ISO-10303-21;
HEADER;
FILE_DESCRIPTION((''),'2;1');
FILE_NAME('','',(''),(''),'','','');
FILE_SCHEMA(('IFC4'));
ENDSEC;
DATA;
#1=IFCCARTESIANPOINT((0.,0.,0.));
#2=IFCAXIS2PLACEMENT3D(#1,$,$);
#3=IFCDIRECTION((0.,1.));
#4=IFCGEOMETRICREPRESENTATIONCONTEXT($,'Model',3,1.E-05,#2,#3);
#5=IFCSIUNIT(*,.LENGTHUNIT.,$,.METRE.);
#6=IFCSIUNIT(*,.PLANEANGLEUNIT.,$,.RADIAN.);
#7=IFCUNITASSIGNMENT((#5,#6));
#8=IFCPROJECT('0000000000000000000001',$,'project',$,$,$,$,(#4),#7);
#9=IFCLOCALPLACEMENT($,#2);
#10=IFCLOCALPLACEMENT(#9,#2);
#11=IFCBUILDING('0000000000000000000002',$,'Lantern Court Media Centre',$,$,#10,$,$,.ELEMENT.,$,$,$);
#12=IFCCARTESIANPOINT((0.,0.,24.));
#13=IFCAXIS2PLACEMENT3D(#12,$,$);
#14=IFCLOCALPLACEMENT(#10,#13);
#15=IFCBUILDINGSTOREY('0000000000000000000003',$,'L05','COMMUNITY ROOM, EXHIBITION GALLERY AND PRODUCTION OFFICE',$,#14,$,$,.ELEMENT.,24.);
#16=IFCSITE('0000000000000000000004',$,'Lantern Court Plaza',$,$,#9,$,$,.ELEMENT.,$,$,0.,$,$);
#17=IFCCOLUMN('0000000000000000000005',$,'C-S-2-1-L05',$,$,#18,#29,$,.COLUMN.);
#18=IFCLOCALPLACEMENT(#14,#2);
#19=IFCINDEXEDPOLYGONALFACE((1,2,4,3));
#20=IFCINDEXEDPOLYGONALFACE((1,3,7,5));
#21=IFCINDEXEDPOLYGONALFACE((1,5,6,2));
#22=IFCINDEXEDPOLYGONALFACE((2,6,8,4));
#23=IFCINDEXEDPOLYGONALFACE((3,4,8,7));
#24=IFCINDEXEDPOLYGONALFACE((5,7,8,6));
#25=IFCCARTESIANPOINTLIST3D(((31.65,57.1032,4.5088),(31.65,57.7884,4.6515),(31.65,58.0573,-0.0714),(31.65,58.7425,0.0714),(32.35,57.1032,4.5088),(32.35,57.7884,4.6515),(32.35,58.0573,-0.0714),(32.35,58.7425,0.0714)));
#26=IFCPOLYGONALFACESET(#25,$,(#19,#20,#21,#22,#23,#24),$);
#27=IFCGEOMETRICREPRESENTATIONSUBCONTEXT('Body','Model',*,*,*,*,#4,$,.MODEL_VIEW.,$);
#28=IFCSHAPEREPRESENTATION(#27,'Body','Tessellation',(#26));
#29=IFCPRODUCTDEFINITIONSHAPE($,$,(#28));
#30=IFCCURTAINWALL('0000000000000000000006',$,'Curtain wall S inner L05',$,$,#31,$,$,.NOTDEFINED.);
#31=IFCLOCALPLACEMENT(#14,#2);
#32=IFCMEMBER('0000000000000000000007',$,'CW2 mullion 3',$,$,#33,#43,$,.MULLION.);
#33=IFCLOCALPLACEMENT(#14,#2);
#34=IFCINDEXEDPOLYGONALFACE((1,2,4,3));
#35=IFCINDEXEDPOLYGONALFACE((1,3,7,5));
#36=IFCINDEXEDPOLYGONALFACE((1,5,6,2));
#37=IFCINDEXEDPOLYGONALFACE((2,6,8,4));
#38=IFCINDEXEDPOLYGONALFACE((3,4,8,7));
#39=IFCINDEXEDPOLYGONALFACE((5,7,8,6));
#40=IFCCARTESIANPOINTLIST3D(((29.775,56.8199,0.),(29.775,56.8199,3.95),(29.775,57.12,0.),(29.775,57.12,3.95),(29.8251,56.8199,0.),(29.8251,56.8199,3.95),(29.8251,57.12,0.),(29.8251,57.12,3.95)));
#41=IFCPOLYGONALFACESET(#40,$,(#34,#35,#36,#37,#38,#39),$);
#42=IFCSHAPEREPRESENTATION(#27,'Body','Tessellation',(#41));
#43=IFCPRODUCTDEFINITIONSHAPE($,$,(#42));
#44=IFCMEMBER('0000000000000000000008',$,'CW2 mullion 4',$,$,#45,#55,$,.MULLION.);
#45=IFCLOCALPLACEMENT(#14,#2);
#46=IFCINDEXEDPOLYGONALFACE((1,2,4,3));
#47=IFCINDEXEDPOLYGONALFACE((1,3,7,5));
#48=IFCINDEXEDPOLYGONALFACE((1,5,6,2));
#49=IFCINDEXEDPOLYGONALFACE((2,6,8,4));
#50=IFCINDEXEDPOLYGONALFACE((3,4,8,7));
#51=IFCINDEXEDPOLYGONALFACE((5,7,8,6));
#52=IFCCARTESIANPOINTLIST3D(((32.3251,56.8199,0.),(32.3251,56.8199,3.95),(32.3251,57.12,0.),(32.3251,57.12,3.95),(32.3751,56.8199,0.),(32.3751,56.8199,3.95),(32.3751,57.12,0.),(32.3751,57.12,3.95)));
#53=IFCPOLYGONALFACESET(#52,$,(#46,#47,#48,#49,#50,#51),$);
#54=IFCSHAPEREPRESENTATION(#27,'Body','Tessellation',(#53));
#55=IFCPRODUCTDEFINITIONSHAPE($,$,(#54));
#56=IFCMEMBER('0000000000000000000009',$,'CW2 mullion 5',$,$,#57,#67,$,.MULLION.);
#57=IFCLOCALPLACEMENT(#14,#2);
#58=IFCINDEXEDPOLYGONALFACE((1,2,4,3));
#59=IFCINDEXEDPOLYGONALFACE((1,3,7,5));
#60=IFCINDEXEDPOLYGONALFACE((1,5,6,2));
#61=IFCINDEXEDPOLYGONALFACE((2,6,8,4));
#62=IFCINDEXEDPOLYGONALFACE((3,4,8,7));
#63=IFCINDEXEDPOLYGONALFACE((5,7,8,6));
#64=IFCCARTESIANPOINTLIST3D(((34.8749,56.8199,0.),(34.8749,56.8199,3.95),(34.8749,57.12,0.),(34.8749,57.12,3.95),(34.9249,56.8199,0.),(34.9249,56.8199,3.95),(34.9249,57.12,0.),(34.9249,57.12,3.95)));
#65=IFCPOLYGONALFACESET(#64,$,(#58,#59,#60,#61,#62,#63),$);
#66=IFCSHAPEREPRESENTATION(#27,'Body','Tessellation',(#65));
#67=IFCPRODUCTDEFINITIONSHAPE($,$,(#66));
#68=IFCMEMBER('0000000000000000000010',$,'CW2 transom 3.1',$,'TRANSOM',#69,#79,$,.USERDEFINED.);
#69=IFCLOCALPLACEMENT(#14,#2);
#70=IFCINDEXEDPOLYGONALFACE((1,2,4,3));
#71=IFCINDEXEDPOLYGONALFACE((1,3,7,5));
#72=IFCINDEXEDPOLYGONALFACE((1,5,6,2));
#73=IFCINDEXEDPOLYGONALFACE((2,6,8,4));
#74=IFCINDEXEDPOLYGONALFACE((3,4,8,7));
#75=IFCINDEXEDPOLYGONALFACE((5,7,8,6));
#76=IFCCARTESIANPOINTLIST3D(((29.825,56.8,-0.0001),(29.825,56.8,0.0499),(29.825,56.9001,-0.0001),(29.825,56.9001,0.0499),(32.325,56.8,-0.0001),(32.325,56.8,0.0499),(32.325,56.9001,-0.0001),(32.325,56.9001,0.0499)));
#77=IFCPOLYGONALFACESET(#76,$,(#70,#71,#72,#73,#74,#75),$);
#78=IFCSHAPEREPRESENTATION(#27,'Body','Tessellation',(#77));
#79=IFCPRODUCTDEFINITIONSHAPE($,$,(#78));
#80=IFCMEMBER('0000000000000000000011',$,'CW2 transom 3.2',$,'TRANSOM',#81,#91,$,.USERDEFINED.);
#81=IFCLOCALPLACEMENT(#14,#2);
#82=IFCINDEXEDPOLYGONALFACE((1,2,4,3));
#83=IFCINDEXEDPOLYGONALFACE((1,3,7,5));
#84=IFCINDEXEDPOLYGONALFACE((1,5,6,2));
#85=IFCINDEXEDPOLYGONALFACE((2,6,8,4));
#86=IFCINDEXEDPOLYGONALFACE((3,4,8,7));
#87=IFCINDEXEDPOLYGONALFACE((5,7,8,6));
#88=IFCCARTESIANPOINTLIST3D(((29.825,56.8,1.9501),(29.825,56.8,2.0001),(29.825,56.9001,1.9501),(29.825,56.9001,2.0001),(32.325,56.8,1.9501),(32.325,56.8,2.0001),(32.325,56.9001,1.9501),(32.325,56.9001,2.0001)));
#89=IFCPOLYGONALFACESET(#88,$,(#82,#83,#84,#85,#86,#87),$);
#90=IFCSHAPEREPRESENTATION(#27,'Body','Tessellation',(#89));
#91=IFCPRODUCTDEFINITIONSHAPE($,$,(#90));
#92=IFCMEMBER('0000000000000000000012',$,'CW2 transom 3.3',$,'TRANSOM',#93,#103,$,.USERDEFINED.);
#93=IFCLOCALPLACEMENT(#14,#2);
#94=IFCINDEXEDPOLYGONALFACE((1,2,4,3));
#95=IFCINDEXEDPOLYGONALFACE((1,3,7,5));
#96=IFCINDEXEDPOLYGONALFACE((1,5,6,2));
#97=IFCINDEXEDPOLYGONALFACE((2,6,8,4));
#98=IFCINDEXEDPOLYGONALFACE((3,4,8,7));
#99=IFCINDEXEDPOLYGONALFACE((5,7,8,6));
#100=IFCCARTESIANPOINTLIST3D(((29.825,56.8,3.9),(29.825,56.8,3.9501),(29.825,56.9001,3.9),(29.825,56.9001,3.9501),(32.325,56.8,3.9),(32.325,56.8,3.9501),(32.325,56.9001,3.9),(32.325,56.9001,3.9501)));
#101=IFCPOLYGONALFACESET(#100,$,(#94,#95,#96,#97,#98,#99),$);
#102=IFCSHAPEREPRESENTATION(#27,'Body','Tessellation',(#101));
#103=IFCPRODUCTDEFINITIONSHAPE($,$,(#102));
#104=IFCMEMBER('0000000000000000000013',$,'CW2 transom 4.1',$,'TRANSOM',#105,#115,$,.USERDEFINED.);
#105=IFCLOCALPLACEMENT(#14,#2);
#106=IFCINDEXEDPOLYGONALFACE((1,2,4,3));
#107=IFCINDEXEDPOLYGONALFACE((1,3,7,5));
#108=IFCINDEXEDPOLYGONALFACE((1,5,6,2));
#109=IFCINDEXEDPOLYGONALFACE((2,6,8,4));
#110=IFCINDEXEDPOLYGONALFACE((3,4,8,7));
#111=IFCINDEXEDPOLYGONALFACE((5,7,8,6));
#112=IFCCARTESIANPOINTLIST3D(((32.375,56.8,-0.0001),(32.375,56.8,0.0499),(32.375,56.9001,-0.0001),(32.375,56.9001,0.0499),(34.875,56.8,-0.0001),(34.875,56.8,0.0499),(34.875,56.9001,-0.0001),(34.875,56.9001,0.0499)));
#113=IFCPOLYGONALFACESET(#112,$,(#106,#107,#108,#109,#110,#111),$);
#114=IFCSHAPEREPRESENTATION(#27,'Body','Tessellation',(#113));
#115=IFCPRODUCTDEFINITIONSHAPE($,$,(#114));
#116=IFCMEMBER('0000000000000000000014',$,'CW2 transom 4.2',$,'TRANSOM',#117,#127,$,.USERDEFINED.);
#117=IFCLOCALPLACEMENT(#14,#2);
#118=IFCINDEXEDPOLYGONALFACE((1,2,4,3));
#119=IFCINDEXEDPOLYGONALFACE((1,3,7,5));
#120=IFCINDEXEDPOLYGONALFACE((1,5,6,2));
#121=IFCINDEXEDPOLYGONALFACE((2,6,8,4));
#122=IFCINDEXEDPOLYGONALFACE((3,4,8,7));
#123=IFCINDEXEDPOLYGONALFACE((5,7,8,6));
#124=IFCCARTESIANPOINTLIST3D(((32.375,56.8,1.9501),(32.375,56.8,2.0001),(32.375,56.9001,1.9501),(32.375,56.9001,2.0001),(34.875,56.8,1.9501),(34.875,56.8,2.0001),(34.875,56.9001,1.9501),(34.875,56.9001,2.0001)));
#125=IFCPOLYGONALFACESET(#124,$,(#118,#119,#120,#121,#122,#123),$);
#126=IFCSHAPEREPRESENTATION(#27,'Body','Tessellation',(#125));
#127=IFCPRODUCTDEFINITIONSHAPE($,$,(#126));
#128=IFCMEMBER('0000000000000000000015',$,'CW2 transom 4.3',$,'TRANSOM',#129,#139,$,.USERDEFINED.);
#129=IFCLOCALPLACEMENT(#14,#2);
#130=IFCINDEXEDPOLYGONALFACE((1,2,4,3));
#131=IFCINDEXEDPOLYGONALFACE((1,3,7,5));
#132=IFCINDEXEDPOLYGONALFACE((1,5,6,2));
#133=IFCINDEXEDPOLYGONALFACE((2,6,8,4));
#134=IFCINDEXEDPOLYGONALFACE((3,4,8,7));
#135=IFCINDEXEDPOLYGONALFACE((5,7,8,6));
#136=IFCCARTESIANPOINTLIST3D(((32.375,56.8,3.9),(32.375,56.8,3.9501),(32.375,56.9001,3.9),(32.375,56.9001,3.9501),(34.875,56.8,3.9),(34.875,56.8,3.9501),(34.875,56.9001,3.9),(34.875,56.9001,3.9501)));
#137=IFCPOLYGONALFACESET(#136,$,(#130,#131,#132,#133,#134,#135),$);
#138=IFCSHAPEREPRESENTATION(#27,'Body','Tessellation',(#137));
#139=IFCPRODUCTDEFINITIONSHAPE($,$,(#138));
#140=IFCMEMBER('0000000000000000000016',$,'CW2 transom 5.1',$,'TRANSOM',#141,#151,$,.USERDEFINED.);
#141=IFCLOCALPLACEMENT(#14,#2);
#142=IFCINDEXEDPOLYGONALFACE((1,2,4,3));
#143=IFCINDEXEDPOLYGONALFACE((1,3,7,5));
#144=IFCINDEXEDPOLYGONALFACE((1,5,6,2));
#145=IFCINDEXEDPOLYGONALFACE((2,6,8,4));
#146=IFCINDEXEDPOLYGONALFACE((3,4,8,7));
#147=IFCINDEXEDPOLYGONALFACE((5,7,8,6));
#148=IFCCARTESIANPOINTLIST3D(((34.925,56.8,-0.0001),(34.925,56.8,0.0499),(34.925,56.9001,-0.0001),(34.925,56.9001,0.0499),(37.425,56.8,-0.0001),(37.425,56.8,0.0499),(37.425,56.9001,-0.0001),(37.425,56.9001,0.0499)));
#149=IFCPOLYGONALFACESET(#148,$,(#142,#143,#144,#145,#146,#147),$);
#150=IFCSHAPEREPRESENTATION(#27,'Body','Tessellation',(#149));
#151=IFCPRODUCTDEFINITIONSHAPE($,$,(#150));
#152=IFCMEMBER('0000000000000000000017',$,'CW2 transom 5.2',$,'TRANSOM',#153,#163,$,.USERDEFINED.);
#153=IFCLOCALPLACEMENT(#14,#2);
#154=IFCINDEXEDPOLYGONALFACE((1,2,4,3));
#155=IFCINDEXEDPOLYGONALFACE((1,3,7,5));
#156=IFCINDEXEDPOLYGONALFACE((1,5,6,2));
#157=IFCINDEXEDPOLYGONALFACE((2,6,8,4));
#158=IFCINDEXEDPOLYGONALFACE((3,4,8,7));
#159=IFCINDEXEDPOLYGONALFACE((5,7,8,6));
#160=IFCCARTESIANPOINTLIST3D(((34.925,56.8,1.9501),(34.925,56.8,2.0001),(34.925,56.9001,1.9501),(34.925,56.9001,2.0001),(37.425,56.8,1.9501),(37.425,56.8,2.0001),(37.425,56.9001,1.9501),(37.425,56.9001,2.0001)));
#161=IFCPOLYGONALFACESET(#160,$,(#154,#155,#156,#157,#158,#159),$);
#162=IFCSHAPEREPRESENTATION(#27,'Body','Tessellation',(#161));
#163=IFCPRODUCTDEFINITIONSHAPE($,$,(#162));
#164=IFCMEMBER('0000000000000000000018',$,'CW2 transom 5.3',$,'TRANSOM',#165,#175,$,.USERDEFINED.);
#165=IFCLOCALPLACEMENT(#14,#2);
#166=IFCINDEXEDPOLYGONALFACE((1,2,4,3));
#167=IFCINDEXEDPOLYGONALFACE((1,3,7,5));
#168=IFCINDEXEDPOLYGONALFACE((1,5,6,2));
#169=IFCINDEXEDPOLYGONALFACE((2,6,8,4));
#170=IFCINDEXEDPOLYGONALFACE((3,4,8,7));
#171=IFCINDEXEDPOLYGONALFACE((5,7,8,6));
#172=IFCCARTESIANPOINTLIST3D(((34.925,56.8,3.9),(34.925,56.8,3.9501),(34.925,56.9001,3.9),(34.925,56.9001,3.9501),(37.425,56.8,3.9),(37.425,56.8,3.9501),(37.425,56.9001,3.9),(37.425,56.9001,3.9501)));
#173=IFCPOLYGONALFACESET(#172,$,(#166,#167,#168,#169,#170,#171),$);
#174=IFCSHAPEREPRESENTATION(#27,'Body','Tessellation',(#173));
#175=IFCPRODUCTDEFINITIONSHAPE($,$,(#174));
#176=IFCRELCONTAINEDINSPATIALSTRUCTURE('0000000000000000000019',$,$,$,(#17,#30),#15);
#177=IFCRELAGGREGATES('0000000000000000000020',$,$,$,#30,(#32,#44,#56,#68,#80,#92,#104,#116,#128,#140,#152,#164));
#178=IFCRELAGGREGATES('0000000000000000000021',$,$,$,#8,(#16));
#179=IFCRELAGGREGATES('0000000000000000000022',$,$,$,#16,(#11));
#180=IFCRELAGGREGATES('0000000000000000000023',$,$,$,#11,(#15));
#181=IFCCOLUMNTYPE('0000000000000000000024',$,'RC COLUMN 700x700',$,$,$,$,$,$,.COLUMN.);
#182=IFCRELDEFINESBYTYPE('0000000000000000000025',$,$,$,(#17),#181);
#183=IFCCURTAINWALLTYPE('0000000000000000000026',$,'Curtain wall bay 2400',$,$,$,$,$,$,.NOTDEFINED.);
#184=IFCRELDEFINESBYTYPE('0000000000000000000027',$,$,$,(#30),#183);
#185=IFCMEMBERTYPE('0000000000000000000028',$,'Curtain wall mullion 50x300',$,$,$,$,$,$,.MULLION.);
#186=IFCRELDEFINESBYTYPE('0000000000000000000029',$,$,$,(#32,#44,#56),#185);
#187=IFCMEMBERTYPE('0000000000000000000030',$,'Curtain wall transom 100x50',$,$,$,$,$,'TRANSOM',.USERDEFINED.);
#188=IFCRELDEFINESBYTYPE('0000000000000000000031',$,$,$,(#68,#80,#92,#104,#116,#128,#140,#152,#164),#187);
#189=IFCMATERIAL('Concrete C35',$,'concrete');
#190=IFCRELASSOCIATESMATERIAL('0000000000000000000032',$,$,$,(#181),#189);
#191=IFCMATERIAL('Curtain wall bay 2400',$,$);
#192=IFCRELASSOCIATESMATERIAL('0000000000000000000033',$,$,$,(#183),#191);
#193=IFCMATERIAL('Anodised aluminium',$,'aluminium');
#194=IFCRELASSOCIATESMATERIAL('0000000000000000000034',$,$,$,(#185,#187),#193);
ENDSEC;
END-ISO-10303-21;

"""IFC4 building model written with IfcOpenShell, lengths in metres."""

from ifc_helpers import new_model, si_unit, direction, frame, origin, origin_2d, place, context, subcontext, project, spatial, rectangle, extrude, material, material_profile, profile_set, type_object, element, aggregate, save


model = new_model("IFC4")

# Units and contexts
model_context = context("Model", 3, precision=1e-05, world=origin(), true_north=direction((0.0, 1.0)))
body_context = subcontext(model_context, "Body", "Model", "MODEL_VIEW")
ifc_project = project(units=[si_unit("LENGTHUNIT", "METRE"), si_unit("PLANEANGLEUNIT", "RADIAN")], contexts=[model_context])

# Site, building, storey
site_placement = place(None, origin())
site = spatial("IfcSite", under=ifc_project, at=site_placement, Name="Lantern Court Plaza", CompositionType="ELEMENT", RefElevation=0.0)
building_placement = place(site_placement, origin())
building = spatial("IfcBuilding", under=site, at=building_placement, Name="Lantern Court Media Centre", CompositionType="ELEMENT")
storey_placement = place(building_placement, frame((0.0, 0.0, 24.0)))
storey = spatial("IfcBuildingStorey", under=building, at=storey_placement, Name="L05", Description="COMMUNITY ROOM, EXHIBITION GALLERY AND PRODUCTION OFFICE", CompositionType="ELEMENT", Elevation=24.0)

# Column
ifc_material_1 = material(Name="Concrete C35", Category="concrete")
ifc_material_profile_1 = material_profile(ifc_material_1, rectangle(XDim=0.7, YDim=0.7, at=origin_2d()), Name="RC 700x700")
ifc_profile_set_1 = profile_set([ifc_material_profile_1], Name="Concrete C35")
column_type = type_object("IfcColumnType", Name="RC COLUMN 700x700", PredefinedType="COLUMN", material=ifc_profile_set_1)
column_placement = place(storey_placement, frame((32.0, 58.3999, 0.0), z_axis=(0.0, -0.203938, 0.978984), x_axis=(1.0, 0.0, 0.0)))
element("IfcColumn", 1, at=column_placement, inside=storey, type_object=column_type, Name="C-S-2-1-L05", PredefinedType="COLUMN", context=body_context, shape_type="SweptSolid", body=[
    extrude(rectangle(XDim=0.7, YDim=0.7, at=origin_2d()), origin(), (0.0, 0.0, 1.0), 4.6785),
])

# Curtain wall, members
ifc_material_2 = material(Name="Curtain wall bay 2400")
curtain_wall_type = type_object("IfcCurtainWallType", Name="Curtain wall bay 2400", PredefinedType="NOTDEFINED", material=ifc_material_2)
curtain_wall_placement = place(storey_placement, origin())
curtain_wall = element("IfcCurtainWall", 2, at=curtain_wall_placement, inside=storey, type_object=curtain_wall_type, Name="Curtain wall S inner L05", PredefinedType="NOTDEFINED")
ifc_material_3 = material(Name="Anodised aluminium", Category="aluminium")
ifc_material_profile_2 = material_profile(ifc_material_3, rectangle(XDim=0.3, YDim=0.05, at=origin_2d()), Name="AL 50x300")
ifc_profile_set_2 = profile_set([ifc_material_profile_2], Name="Anodised aluminium")
member_type_1 = type_object("IfcMemberType", Name="Curtain wall mullion 50x300", PredefinedType="MULLION", material=ifc_profile_set_2)
member_1_placement = place(storey_placement, frame((29.8, 56.97, 0.0), z_axis=(0.0, 0.0, 1.0), x_axis=(0.0, 1.0, 0.0)))
member_1 = element("IfcMember", 3, at=member_1_placement, type_object=member_type_1, Name="CW2 mullion 3", PredefinedType="MULLION", context=body_context, shape_type="SweptSolid", body=[
    extrude(rectangle(XDim=0.3, YDim=0.05, at=origin_2d()), origin(), (0.0, 0.0, 1.0), 3.95),
])
member_2_placement = place(storey_placement, frame((32.3501, 56.97, 0.0), z_axis=(0.0, 0.0, 1.0), x_axis=(0.0, 1.0, 0.0)))
member_2 = element("IfcMember", 4, at=member_2_placement, type_object=member_type_1, Name="CW2 mullion 4", PredefinedType="MULLION", context=body_context, shape_type="SweptSolid", body=[
    extrude(rectangle(XDim=0.3, YDim=0.05, at=origin_2d()), origin(), (0.0, 0.0, 1.0), 3.95),
])
member_3_placement = place(storey_placement, frame((34.8999, 56.97, 0.0), z_axis=(0.0, 0.0, 1.0), x_axis=(0.0, 1.0, 0.0)))
member_3 = element("IfcMember", 5, at=member_3_placement, type_object=member_type_1, Name="CW2 mullion 5", PredefinedType="MULLION", context=body_context, shape_type="SweptSolid", body=[
    extrude(rectangle(XDim=0.3, YDim=0.05, at=origin_2d()), origin(), (0.0, 0.0, 1.0), 3.95),
])
ifc_material_profile_3 = material_profile(ifc_material_3, rectangle(XDim=0.1001, YDim=0.05, at=origin_2d()), Name="AL 50x100")
ifc_profile_set_3 = profile_set([ifc_material_profile_3], Name="Anodised aluminium")
member_type_2 = type_object("IfcMemberType", Name="Curtain wall transom 100x50", ElementType="TRANSOM", PredefinedType="USERDEFINED", material=ifc_profile_set_3)
member_4_placement = place(storey_placement, frame((29.825, 56.8501, 0.0249), z_axis=(1.0, 0.0, 0.0), x_axis=(0.0, 1.0, 0.0)))
member_4 = element("IfcMember", 6, at=member_4_placement, type_object=member_type_2, Name="CW2 transom 3.1", ObjectType="TRANSOM", PredefinedType="USERDEFINED", context=body_context, shape_type="SweptSolid", body=[
    extrude(rectangle(XDim=0.1001, YDim=0.05, at=origin_2d()), origin(), (0.0, 0.0, 1.0), 2.5),
])
member_5_placement = place(storey_placement, frame((29.825, 56.8501, 1.9751), z_axis=(1.0, 0.0, 0.0), x_axis=(0.0, 1.0, 0.0)))
member_5 = element("IfcMember", 7, at=member_5_placement, type_object=member_type_2, Name="CW2 transom 3.2", ObjectType="TRANSOM", PredefinedType="USERDEFINED", context=body_context, shape_type="SweptSolid", body=[
    extrude(rectangle(XDim=0.1001, YDim=0.05, at=origin_2d()), origin(), (0.0, 0.0, 1.0), 2.5),
])
member_6_placement = place(storey_placement, frame((29.825, 56.8501, 3.925), z_axis=(1.0, 0.0, 0.0), x_axis=(0.0, 1.0, 0.0)))
member_6 = element("IfcMember", 8, at=member_6_placement, type_object=member_type_2, Name="CW2 transom 3.3", ObjectType="TRANSOM", PredefinedType="USERDEFINED", context=body_context, shape_type="SweptSolid", body=[
    extrude(rectangle(XDim=0.1001, YDim=0.05, at=origin_2d()), origin(), (0.0, 0.0, 1.0), 2.5),
])
member_7_placement = place(storey_placement, frame((32.375, 56.8501, 0.0249), z_axis=(1.0, 0.0, 0.0), x_axis=(0.0, 1.0, 0.0)))
member_7 = element("IfcMember", 9, at=member_7_placement, type_object=member_type_2, Name="CW2 transom 4.1", ObjectType="TRANSOM", PredefinedType="USERDEFINED", context=body_context, shape_type="SweptSolid", body=[
    extrude(rectangle(XDim=0.1001, YDim=0.05, at=origin_2d()), origin(), (0.0, 0.0, 1.0), 2.5),
])
member_8_placement = place(storey_placement, frame((32.375, 56.8501, 1.9751), z_axis=(1.0, 0.0, 0.0), x_axis=(0.0, 1.0, 0.0)))
member_8 = element("IfcMember", 10, at=member_8_placement, type_object=member_type_2, Name="CW2 transom 4.2", ObjectType="TRANSOM", PredefinedType="USERDEFINED", context=body_context, shape_type="SweptSolid", body=[
    extrude(rectangle(XDim=0.1001, YDim=0.05, at=origin_2d()), origin(), (0.0, 0.0, 1.0), 2.5),
])
member_9_placement = place(storey_placement, frame((32.375, 56.8501, 3.925), z_axis=(1.0, 0.0, 0.0), x_axis=(0.0, 1.0, 0.0)))
member_9 = element("IfcMember", 11, at=member_9_placement, type_object=member_type_2, Name="CW2 transom 4.3", ObjectType="TRANSOM", PredefinedType="USERDEFINED", context=body_context, shape_type="SweptSolid", body=[
    extrude(rectangle(XDim=0.1001, YDim=0.05, at=origin_2d()), origin(), (0.0, 0.0, 1.0), 2.5),
])
member_10_placement = place(storey_placement, frame((34.925, 56.8501, 0.0249), z_axis=(1.0, 0.0, 0.0), x_axis=(0.0, 1.0, 0.0)))
member_10 = element("IfcMember", 12, at=member_10_placement, type_object=member_type_2, Name="CW2 transom 5.1", ObjectType="TRANSOM", PredefinedType="USERDEFINED", context=body_context, shape_type="SweptSolid", body=[
    extrude(rectangle(XDim=0.1001, YDim=0.05, at=origin_2d()), origin(), (0.0, 0.0, 1.0), 2.5),
])
member_11_placement = place(storey_placement, frame((34.925, 56.8501, 1.9751), z_axis=(1.0, 0.0, 0.0), x_axis=(0.0, 1.0, 0.0)))
member_11 = element("IfcMember", 13, at=member_11_placement, type_object=member_type_2, Name="CW2 transom 5.2", ObjectType="TRANSOM", PredefinedType="USERDEFINED", context=body_context, shape_type="SweptSolid", body=[
    extrude(rectangle(XDim=0.1001, YDim=0.05, at=origin_2d()), origin(), (0.0, 0.0, 1.0), 2.5),
])
member_12_placement = place(storey_placement, frame((34.925, 56.8501, 3.925), z_axis=(1.0, 0.0, 0.0), x_axis=(0.0, 1.0, 0.0)))
member_12 = element("IfcMember", 14, at=member_12_placement, type_object=member_type_2, Name="CW2 transom 5.3", ObjectType="TRANSOM", PredefinedType="USERDEFINED", context=body_context, shape_type="SweptSolid", body=[
    extrude(rectangle(XDim=0.1001, YDim=0.05, at=origin_2d()), origin(), (0.0, 0.0, 1.0), 2.5),
])

aggregate(curtain_wall, [member_1, member_2, member_3, member_4, member_5, member_6, member_7, member_8, member_9, member_10, member_11, member_12])

save(model, "model.ifc")
